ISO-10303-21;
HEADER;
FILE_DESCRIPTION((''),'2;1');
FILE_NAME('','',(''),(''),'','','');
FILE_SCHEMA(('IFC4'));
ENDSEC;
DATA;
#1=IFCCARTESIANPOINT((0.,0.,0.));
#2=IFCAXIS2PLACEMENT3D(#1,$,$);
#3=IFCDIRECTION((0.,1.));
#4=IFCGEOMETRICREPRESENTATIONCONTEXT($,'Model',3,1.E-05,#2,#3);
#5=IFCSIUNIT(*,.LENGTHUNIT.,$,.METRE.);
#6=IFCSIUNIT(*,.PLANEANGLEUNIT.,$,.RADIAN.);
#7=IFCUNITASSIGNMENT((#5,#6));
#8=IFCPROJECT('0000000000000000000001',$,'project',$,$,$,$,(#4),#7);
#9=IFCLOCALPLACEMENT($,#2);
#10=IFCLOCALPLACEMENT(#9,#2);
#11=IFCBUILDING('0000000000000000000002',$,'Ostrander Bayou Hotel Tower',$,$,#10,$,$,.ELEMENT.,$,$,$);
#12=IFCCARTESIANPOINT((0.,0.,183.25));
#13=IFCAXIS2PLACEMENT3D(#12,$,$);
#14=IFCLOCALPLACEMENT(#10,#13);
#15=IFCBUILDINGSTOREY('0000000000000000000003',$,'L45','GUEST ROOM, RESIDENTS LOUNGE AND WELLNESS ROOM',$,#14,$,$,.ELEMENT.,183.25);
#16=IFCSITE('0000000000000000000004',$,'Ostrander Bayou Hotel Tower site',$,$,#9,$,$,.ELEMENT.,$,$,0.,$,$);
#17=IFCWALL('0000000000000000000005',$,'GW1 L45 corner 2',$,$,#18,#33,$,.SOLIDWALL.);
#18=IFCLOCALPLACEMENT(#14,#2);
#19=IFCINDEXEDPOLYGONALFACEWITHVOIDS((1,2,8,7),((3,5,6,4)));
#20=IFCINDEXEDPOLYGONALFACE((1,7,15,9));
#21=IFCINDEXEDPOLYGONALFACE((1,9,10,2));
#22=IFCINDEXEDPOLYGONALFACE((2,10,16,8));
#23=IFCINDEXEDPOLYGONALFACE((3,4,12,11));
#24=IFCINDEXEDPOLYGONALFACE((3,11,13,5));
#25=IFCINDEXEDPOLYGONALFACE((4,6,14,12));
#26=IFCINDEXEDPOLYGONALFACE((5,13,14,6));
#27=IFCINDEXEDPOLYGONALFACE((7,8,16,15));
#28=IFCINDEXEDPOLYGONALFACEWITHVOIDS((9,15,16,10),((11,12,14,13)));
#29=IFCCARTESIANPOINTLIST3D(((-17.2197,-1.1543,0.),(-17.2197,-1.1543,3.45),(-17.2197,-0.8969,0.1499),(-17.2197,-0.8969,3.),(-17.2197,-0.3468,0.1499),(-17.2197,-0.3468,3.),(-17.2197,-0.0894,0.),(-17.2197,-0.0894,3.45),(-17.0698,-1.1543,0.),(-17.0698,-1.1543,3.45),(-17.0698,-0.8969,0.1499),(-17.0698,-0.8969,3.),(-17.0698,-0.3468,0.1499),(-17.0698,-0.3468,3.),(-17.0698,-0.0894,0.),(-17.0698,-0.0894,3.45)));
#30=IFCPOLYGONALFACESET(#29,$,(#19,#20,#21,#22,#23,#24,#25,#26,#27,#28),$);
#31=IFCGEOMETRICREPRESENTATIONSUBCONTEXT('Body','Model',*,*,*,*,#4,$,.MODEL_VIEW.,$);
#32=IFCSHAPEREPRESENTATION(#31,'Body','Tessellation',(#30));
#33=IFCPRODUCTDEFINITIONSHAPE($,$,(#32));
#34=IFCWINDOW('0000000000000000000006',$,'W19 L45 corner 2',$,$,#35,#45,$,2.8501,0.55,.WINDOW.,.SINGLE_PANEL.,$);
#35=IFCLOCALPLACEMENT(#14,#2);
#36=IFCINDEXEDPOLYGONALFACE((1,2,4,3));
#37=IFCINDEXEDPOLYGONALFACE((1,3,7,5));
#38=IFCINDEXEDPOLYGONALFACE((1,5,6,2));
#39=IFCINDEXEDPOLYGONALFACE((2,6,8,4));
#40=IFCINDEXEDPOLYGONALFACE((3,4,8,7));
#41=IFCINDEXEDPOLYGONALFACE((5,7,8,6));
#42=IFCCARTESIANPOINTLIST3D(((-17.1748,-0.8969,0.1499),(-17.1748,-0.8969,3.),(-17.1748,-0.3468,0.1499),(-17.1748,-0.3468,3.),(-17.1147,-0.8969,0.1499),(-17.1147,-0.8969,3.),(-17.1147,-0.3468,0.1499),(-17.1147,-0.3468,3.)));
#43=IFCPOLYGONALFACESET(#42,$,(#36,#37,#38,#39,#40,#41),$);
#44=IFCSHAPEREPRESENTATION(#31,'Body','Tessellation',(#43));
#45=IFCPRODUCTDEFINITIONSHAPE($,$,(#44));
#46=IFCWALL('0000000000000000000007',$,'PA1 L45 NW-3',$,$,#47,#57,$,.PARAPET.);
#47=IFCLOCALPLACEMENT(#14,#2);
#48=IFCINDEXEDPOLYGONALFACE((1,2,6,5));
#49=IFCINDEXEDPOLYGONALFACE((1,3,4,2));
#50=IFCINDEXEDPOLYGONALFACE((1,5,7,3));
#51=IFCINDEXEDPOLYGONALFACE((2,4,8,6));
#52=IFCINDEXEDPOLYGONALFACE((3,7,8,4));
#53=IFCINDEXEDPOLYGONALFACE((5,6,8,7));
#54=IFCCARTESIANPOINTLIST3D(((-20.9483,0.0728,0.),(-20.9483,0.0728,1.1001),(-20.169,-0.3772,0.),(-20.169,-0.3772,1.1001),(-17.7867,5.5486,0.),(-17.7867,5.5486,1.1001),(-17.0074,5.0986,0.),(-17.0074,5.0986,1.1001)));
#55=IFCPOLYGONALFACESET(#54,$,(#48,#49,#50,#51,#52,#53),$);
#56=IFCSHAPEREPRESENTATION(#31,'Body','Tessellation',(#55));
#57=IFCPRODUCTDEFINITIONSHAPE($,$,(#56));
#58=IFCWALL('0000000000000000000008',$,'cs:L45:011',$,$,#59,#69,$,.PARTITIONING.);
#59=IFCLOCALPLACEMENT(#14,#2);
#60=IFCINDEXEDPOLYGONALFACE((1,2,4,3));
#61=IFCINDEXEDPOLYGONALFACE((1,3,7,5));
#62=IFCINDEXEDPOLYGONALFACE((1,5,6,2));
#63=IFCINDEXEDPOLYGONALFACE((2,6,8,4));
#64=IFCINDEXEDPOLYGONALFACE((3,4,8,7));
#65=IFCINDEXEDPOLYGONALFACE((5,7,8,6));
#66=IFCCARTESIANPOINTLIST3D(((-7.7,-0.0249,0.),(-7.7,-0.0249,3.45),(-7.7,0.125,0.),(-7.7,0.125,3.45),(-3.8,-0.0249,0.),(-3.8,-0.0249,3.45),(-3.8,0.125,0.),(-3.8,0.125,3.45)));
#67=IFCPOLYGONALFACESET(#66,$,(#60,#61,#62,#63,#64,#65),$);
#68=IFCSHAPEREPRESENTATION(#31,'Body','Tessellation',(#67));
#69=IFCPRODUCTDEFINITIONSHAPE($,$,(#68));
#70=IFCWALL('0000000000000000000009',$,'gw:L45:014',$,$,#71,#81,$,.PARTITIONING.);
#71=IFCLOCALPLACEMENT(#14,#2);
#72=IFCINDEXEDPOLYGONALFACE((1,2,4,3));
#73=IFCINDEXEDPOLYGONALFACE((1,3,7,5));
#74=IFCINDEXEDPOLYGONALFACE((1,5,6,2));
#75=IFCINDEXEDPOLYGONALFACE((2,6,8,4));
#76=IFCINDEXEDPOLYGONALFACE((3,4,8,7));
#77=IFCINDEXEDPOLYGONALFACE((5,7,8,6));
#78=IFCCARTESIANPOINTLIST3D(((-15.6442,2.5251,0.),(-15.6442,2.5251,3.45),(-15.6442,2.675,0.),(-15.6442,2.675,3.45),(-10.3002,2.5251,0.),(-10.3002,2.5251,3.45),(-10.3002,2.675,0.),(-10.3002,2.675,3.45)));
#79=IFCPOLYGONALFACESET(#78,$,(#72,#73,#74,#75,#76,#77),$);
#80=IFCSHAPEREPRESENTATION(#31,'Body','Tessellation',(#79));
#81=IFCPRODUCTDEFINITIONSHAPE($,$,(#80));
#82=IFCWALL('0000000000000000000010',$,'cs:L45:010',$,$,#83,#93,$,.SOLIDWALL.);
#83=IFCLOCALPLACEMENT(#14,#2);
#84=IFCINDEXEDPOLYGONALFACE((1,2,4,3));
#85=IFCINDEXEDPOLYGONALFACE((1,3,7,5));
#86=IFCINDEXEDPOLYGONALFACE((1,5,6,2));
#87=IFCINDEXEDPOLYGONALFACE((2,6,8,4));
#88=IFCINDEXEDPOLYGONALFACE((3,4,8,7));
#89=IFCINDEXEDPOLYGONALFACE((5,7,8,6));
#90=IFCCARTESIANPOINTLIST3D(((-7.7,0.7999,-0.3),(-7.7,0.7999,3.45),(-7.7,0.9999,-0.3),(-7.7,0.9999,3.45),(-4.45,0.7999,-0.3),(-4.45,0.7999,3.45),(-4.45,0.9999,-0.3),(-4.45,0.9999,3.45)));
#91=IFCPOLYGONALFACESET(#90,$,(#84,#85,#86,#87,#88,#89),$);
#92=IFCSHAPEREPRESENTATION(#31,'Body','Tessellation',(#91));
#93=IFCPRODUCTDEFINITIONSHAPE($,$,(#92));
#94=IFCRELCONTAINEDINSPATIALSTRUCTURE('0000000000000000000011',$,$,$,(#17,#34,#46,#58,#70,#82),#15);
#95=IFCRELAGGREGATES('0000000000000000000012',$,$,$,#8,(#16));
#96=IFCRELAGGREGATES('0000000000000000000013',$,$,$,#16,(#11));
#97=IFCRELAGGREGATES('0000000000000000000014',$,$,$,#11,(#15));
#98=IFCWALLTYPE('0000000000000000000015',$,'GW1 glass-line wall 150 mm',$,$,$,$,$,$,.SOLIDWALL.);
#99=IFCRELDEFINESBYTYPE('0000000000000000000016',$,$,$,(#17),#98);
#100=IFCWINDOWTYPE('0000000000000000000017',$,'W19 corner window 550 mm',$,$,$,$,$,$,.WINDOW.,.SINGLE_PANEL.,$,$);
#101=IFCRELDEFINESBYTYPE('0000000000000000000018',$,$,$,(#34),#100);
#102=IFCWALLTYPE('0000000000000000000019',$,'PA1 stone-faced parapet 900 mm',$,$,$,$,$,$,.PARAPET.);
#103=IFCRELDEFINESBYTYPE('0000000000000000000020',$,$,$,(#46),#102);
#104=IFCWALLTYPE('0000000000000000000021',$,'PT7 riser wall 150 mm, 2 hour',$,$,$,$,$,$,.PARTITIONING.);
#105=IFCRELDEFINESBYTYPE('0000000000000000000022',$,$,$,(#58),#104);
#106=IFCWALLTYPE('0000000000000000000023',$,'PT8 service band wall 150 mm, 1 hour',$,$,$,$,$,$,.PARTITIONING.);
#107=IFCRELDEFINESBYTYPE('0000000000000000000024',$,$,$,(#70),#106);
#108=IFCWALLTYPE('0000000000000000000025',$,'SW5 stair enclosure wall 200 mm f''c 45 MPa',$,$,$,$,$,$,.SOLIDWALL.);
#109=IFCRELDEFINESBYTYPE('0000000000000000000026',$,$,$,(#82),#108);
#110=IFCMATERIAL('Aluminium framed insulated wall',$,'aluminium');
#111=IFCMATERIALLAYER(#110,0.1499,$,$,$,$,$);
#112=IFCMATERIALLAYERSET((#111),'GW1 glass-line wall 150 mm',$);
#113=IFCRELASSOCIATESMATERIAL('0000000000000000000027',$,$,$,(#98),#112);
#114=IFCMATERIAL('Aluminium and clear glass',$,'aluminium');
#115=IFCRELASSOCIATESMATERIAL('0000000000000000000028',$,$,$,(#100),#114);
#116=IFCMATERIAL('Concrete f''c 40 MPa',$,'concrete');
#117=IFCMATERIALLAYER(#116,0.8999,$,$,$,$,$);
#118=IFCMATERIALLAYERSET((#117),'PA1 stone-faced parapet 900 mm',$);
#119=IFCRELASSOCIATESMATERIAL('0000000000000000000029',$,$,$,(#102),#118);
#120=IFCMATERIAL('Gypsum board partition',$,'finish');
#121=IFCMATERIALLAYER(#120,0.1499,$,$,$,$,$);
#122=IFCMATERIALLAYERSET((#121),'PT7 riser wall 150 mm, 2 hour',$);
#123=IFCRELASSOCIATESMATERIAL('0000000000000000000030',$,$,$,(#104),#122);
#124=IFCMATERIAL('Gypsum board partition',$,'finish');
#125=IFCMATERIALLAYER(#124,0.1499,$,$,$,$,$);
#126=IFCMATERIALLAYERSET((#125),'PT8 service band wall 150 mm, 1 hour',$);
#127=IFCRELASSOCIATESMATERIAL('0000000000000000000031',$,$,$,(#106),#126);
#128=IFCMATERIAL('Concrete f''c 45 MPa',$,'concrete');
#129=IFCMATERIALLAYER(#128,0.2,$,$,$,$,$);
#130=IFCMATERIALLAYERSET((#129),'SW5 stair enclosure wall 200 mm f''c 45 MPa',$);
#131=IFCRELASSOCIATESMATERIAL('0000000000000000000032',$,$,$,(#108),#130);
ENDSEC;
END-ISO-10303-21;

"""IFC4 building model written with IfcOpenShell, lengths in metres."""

from ifc_helpers import new_model, si_unit, direction, frame, frame_2d, origin, place, context, subcontext, project, spatial, rectangle, extrude, material, layer, layer_set, type_object, element, fill, save


model = new_model("IFC4")

# Units and contexts
model_context = context("Model", 3, precision=1e-05, world=origin(), true_north=direction((0.0, 1.0)))
body_context = subcontext(model_context, "Body", "Model", "MODEL_VIEW")
ifc_project = project(units=[si_unit("LENGTHUNIT", "METRE"), si_unit("PLANEANGLEUNIT", "RADIAN")], contexts=[model_context])

# Site, building, storey
site_placement = place(None, origin())
site = spatial("IfcSite", under=ifc_project, at=site_placement, Name="Ostrander Bayou Hotel Tower site", CompositionType="ELEMENT", RefElevation=0.0)
building_placement = place(site_placement, origin())
building = spatial("IfcBuilding", under=site, at=building_placement, Name="Ostrander Bayou Hotel Tower", CompositionType="ELEMENT")
storey_placement = place(building_placement, frame((0.0, 0.0, 183.25)))
storey = spatial("IfcBuildingStorey", under=building, at=storey_placement, Name="L45", Description="GUEST ROOM, RESIDENTS LOUNGE AND WELLNESS ROOM", CompositionType="ELEMENT", Elevation=183.25)

# Wall, opening, window
ifc_material_1 = material(Name="Aluminium framed insulated wall", Category="aluminium")
ifc_layer_1 = layer(ifc_material_1, 0.1499)
ifc_layer_set_1 = layer_set([ifc_layer_1], Name="GW1 glass-line wall 150 mm")
wall_type_1 = type_object("IfcWallType", Name="GW1 glass-line wall 150 mm", PredefinedType="SOLIDWALL", material=ifc_layer_set_1)
wall_1_placement = place(storey_placement, frame((-17.1448, -0.0894, 0.0), z_axis=(0.0, 0.0, 1.0), x_axis=(0.0, -1.0, 0.0)))
wall_1 = element("IfcWall", 1, at=wall_1_placement, inside=storey, type_object=wall_type_1, Name="GW1 L45 corner 2", PredefinedType="SOLIDWALL", context=body_context, shape_type="SweptSolid", body=[
    extrude(rectangle(XDim=1.0649, YDim=0.1499, at=frame_2d((0.5325, 0.0))), origin(), (0.0, 0.0, 1.0), 3.45),
])
opening_1_placement = place(wall_1_placement, frame((0.2576, 0.0, 0.1499)))
opening_1 = element("IfcOpeningElement", 2, at=opening_1_placement, cuts=wall_1, PredefinedType="OPENING", context=body_context, shape_type="SweptSolid", body=[
    extrude(rectangle(XDim=0.55, YDim=2.8501, at=frame_2d((0.2749, 1.425))), frame((0.0, 0.075, 0.0), z_axis=(0.0, -1.0, 0.0), x_axis=(1.0, 0.0, 0.0)), (0.0, 0.0, 1.0), 0.1499),
])
ifc_material_2 = material(Name="Aluminium and clear glass", Category="aluminium")
window_type = type_object("IfcWindowType", Name="W19 corner window 550 mm", PartitioningType="SINGLE_PANEL", PredefinedType="WINDOW", material=ifc_material_2)
window_placement = place(opening_1_placement, origin())
window = element("IfcWindow", 3, at=window_placement, inside=storey, type_object=window_type, Name="W19 L45 corner 2", OverallHeight=2.8501, OverallWidth=0.55, PartitioningType="SINGLE_PANEL", PredefinedType="WINDOW", context=body_context, shape_type="SweptSolid", body=[
    extrude(rectangle(XDim=0.55, YDim=2.8501, at=frame_2d((0.2749, 1.425))), frame((0.0, 0.03, 0.0), z_axis=(0.0, -1.0, 0.0), x_axis=(1.0, 0.0, 0.0)), (0.0, 0.0, 1.0), 0.0601),
])
fill(opening_1, window)

# Walls
ifc_material_3 = material(Name="Concrete f'c 40 MPa", Category="concrete")
ifc_layer_2 = layer(ifc_material_3, 0.8999)
ifc_layer_set_2 = layer_set([ifc_layer_2], Name="PA1 stone-faced parapet 900 mm")
wall_type_2 = type_object("IfcWallType", Name="PA1 stone-faced parapet 900 mm", PredefinedType="PARAPET", material=ifc_layer_set_2)
wall_2_placement = place(storey_placement, frame((-17.397, 5.3237, 0.0), z_axis=(0.0, 0.0, 1.0), x_axis=(-0.500018, -0.866015, 0.0)))
element("IfcWall", 4, at=wall_2_placement, inside=storey, type_object=wall_type_2, Name="PA1 L45 NW-3", PredefinedType="PARAPET", context=body_context, shape_type="SweptSolid", body=[
    extrude(rectangle(XDim=6.323, YDim=0.8999, at=frame_2d((3.1616, 0.0))), origin(), (0.0, 0.0, 1.0), 1.1001),
])
ifc_material_4 = material(Name="Gypsum board partition", Category="finish")
ifc_layer_3 = layer(ifc_material_4, 0.1499)
ifc_layer_set_3 = layer_set([ifc_layer_3], Name="PT7 riser wall 150 mm, 2 hour")
wall_type_3 = type_object("IfcWallType", Name="PT7 riser wall 150 mm, 2 hour", PredefinedType="PARTITIONING", material=ifc_layer_set_3)
wall_3_placement = place(storey_placement, frame((-7.7, 0.05, 0.0), z_axis=(0.0, 0.0, 1.0), x_axis=(1.0, 0.0, 0.0)))
element("IfcWall", 5, at=wall_3_placement, inside=storey, type_object=wall_type_3, Name="cs:L45:011", PredefinedType="PARTITIONING", context=body_context, shape_type="SweptSolid", body=[
    extrude(rectangle(XDim=3.8999, YDim=0.1499, at=frame_2d((1.95, 0.0))), origin(), (0.0, 0.0, 1.0), 3.45),
])
ifc_material_5 = material(Name="Gypsum board partition", Category="finish")
ifc_layer_4 = layer(ifc_material_5, 0.1499)
ifc_layer_set_4 = layer_set([ifc_layer_4], Name="PT8 service band wall 150 mm, 1 hour")
wall_type_4 = type_object("IfcWallType", Name="PT8 service band wall 150 mm, 1 hour", PredefinedType="PARTITIONING", material=ifc_layer_set_4)
wall_4_placement = place(storey_placement, frame((-15.644, 2.6001, 0.0), z_axis=(0.0, 0.0, 1.0), x_axis=(1.0, 0.0, 0.0)))
element("IfcWall", 6, at=wall_4_placement, inside=storey, type_object=wall_type_4, Name="gw:L45:014", PredefinedType="PARTITIONING", context=body_context, shape_type="SweptSolid", body=[
    extrude(rectangle(XDim=5.344, YDim=0.1499, at=frame_2d((2.6719, 0.0))), origin(), (0.0, 0.0, 1.0), 3.45),
])
ifc_material_6 = material(Name="Concrete f'c 45 MPa", Category="concrete")
ifc_layer_5 = layer(ifc_material_6, 0.2)
ifc_layer_set_5 = layer_set([ifc_layer_5], Name="SW5 stair enclosure wall 200 mm f'c 45 MPa")
wall_type_5 = type_object("IfcWallType", Name="SW5 stair enclosure wall 200 mm f'c 45 MPa", PredefinedType="SOLIDWALL", material=ifc_layer_set_5)
wall_5_placement = place(storey_placement, frame((-7.7, 0.8999, -0.3), z_axis=(0.0, 0.0, 1.0), x_axis=(1.0, 0.0, 0.0)))
element("IfcWall", 7, at=wall_5_placement, inside=storey, type_object=wall_type_5, Name="cs:L45:010", PredefinedType="SOLIDWALL", context=body_context, shape_type="SweptSolid", body=[
    extrude(rectangle(XDim=3.25, YDim=0.2, at=frame_2d((1.625, 0.0))), origin(), (0.0, 0.0, 1.0), 3.75),
])

save(model, "model.ifc")
